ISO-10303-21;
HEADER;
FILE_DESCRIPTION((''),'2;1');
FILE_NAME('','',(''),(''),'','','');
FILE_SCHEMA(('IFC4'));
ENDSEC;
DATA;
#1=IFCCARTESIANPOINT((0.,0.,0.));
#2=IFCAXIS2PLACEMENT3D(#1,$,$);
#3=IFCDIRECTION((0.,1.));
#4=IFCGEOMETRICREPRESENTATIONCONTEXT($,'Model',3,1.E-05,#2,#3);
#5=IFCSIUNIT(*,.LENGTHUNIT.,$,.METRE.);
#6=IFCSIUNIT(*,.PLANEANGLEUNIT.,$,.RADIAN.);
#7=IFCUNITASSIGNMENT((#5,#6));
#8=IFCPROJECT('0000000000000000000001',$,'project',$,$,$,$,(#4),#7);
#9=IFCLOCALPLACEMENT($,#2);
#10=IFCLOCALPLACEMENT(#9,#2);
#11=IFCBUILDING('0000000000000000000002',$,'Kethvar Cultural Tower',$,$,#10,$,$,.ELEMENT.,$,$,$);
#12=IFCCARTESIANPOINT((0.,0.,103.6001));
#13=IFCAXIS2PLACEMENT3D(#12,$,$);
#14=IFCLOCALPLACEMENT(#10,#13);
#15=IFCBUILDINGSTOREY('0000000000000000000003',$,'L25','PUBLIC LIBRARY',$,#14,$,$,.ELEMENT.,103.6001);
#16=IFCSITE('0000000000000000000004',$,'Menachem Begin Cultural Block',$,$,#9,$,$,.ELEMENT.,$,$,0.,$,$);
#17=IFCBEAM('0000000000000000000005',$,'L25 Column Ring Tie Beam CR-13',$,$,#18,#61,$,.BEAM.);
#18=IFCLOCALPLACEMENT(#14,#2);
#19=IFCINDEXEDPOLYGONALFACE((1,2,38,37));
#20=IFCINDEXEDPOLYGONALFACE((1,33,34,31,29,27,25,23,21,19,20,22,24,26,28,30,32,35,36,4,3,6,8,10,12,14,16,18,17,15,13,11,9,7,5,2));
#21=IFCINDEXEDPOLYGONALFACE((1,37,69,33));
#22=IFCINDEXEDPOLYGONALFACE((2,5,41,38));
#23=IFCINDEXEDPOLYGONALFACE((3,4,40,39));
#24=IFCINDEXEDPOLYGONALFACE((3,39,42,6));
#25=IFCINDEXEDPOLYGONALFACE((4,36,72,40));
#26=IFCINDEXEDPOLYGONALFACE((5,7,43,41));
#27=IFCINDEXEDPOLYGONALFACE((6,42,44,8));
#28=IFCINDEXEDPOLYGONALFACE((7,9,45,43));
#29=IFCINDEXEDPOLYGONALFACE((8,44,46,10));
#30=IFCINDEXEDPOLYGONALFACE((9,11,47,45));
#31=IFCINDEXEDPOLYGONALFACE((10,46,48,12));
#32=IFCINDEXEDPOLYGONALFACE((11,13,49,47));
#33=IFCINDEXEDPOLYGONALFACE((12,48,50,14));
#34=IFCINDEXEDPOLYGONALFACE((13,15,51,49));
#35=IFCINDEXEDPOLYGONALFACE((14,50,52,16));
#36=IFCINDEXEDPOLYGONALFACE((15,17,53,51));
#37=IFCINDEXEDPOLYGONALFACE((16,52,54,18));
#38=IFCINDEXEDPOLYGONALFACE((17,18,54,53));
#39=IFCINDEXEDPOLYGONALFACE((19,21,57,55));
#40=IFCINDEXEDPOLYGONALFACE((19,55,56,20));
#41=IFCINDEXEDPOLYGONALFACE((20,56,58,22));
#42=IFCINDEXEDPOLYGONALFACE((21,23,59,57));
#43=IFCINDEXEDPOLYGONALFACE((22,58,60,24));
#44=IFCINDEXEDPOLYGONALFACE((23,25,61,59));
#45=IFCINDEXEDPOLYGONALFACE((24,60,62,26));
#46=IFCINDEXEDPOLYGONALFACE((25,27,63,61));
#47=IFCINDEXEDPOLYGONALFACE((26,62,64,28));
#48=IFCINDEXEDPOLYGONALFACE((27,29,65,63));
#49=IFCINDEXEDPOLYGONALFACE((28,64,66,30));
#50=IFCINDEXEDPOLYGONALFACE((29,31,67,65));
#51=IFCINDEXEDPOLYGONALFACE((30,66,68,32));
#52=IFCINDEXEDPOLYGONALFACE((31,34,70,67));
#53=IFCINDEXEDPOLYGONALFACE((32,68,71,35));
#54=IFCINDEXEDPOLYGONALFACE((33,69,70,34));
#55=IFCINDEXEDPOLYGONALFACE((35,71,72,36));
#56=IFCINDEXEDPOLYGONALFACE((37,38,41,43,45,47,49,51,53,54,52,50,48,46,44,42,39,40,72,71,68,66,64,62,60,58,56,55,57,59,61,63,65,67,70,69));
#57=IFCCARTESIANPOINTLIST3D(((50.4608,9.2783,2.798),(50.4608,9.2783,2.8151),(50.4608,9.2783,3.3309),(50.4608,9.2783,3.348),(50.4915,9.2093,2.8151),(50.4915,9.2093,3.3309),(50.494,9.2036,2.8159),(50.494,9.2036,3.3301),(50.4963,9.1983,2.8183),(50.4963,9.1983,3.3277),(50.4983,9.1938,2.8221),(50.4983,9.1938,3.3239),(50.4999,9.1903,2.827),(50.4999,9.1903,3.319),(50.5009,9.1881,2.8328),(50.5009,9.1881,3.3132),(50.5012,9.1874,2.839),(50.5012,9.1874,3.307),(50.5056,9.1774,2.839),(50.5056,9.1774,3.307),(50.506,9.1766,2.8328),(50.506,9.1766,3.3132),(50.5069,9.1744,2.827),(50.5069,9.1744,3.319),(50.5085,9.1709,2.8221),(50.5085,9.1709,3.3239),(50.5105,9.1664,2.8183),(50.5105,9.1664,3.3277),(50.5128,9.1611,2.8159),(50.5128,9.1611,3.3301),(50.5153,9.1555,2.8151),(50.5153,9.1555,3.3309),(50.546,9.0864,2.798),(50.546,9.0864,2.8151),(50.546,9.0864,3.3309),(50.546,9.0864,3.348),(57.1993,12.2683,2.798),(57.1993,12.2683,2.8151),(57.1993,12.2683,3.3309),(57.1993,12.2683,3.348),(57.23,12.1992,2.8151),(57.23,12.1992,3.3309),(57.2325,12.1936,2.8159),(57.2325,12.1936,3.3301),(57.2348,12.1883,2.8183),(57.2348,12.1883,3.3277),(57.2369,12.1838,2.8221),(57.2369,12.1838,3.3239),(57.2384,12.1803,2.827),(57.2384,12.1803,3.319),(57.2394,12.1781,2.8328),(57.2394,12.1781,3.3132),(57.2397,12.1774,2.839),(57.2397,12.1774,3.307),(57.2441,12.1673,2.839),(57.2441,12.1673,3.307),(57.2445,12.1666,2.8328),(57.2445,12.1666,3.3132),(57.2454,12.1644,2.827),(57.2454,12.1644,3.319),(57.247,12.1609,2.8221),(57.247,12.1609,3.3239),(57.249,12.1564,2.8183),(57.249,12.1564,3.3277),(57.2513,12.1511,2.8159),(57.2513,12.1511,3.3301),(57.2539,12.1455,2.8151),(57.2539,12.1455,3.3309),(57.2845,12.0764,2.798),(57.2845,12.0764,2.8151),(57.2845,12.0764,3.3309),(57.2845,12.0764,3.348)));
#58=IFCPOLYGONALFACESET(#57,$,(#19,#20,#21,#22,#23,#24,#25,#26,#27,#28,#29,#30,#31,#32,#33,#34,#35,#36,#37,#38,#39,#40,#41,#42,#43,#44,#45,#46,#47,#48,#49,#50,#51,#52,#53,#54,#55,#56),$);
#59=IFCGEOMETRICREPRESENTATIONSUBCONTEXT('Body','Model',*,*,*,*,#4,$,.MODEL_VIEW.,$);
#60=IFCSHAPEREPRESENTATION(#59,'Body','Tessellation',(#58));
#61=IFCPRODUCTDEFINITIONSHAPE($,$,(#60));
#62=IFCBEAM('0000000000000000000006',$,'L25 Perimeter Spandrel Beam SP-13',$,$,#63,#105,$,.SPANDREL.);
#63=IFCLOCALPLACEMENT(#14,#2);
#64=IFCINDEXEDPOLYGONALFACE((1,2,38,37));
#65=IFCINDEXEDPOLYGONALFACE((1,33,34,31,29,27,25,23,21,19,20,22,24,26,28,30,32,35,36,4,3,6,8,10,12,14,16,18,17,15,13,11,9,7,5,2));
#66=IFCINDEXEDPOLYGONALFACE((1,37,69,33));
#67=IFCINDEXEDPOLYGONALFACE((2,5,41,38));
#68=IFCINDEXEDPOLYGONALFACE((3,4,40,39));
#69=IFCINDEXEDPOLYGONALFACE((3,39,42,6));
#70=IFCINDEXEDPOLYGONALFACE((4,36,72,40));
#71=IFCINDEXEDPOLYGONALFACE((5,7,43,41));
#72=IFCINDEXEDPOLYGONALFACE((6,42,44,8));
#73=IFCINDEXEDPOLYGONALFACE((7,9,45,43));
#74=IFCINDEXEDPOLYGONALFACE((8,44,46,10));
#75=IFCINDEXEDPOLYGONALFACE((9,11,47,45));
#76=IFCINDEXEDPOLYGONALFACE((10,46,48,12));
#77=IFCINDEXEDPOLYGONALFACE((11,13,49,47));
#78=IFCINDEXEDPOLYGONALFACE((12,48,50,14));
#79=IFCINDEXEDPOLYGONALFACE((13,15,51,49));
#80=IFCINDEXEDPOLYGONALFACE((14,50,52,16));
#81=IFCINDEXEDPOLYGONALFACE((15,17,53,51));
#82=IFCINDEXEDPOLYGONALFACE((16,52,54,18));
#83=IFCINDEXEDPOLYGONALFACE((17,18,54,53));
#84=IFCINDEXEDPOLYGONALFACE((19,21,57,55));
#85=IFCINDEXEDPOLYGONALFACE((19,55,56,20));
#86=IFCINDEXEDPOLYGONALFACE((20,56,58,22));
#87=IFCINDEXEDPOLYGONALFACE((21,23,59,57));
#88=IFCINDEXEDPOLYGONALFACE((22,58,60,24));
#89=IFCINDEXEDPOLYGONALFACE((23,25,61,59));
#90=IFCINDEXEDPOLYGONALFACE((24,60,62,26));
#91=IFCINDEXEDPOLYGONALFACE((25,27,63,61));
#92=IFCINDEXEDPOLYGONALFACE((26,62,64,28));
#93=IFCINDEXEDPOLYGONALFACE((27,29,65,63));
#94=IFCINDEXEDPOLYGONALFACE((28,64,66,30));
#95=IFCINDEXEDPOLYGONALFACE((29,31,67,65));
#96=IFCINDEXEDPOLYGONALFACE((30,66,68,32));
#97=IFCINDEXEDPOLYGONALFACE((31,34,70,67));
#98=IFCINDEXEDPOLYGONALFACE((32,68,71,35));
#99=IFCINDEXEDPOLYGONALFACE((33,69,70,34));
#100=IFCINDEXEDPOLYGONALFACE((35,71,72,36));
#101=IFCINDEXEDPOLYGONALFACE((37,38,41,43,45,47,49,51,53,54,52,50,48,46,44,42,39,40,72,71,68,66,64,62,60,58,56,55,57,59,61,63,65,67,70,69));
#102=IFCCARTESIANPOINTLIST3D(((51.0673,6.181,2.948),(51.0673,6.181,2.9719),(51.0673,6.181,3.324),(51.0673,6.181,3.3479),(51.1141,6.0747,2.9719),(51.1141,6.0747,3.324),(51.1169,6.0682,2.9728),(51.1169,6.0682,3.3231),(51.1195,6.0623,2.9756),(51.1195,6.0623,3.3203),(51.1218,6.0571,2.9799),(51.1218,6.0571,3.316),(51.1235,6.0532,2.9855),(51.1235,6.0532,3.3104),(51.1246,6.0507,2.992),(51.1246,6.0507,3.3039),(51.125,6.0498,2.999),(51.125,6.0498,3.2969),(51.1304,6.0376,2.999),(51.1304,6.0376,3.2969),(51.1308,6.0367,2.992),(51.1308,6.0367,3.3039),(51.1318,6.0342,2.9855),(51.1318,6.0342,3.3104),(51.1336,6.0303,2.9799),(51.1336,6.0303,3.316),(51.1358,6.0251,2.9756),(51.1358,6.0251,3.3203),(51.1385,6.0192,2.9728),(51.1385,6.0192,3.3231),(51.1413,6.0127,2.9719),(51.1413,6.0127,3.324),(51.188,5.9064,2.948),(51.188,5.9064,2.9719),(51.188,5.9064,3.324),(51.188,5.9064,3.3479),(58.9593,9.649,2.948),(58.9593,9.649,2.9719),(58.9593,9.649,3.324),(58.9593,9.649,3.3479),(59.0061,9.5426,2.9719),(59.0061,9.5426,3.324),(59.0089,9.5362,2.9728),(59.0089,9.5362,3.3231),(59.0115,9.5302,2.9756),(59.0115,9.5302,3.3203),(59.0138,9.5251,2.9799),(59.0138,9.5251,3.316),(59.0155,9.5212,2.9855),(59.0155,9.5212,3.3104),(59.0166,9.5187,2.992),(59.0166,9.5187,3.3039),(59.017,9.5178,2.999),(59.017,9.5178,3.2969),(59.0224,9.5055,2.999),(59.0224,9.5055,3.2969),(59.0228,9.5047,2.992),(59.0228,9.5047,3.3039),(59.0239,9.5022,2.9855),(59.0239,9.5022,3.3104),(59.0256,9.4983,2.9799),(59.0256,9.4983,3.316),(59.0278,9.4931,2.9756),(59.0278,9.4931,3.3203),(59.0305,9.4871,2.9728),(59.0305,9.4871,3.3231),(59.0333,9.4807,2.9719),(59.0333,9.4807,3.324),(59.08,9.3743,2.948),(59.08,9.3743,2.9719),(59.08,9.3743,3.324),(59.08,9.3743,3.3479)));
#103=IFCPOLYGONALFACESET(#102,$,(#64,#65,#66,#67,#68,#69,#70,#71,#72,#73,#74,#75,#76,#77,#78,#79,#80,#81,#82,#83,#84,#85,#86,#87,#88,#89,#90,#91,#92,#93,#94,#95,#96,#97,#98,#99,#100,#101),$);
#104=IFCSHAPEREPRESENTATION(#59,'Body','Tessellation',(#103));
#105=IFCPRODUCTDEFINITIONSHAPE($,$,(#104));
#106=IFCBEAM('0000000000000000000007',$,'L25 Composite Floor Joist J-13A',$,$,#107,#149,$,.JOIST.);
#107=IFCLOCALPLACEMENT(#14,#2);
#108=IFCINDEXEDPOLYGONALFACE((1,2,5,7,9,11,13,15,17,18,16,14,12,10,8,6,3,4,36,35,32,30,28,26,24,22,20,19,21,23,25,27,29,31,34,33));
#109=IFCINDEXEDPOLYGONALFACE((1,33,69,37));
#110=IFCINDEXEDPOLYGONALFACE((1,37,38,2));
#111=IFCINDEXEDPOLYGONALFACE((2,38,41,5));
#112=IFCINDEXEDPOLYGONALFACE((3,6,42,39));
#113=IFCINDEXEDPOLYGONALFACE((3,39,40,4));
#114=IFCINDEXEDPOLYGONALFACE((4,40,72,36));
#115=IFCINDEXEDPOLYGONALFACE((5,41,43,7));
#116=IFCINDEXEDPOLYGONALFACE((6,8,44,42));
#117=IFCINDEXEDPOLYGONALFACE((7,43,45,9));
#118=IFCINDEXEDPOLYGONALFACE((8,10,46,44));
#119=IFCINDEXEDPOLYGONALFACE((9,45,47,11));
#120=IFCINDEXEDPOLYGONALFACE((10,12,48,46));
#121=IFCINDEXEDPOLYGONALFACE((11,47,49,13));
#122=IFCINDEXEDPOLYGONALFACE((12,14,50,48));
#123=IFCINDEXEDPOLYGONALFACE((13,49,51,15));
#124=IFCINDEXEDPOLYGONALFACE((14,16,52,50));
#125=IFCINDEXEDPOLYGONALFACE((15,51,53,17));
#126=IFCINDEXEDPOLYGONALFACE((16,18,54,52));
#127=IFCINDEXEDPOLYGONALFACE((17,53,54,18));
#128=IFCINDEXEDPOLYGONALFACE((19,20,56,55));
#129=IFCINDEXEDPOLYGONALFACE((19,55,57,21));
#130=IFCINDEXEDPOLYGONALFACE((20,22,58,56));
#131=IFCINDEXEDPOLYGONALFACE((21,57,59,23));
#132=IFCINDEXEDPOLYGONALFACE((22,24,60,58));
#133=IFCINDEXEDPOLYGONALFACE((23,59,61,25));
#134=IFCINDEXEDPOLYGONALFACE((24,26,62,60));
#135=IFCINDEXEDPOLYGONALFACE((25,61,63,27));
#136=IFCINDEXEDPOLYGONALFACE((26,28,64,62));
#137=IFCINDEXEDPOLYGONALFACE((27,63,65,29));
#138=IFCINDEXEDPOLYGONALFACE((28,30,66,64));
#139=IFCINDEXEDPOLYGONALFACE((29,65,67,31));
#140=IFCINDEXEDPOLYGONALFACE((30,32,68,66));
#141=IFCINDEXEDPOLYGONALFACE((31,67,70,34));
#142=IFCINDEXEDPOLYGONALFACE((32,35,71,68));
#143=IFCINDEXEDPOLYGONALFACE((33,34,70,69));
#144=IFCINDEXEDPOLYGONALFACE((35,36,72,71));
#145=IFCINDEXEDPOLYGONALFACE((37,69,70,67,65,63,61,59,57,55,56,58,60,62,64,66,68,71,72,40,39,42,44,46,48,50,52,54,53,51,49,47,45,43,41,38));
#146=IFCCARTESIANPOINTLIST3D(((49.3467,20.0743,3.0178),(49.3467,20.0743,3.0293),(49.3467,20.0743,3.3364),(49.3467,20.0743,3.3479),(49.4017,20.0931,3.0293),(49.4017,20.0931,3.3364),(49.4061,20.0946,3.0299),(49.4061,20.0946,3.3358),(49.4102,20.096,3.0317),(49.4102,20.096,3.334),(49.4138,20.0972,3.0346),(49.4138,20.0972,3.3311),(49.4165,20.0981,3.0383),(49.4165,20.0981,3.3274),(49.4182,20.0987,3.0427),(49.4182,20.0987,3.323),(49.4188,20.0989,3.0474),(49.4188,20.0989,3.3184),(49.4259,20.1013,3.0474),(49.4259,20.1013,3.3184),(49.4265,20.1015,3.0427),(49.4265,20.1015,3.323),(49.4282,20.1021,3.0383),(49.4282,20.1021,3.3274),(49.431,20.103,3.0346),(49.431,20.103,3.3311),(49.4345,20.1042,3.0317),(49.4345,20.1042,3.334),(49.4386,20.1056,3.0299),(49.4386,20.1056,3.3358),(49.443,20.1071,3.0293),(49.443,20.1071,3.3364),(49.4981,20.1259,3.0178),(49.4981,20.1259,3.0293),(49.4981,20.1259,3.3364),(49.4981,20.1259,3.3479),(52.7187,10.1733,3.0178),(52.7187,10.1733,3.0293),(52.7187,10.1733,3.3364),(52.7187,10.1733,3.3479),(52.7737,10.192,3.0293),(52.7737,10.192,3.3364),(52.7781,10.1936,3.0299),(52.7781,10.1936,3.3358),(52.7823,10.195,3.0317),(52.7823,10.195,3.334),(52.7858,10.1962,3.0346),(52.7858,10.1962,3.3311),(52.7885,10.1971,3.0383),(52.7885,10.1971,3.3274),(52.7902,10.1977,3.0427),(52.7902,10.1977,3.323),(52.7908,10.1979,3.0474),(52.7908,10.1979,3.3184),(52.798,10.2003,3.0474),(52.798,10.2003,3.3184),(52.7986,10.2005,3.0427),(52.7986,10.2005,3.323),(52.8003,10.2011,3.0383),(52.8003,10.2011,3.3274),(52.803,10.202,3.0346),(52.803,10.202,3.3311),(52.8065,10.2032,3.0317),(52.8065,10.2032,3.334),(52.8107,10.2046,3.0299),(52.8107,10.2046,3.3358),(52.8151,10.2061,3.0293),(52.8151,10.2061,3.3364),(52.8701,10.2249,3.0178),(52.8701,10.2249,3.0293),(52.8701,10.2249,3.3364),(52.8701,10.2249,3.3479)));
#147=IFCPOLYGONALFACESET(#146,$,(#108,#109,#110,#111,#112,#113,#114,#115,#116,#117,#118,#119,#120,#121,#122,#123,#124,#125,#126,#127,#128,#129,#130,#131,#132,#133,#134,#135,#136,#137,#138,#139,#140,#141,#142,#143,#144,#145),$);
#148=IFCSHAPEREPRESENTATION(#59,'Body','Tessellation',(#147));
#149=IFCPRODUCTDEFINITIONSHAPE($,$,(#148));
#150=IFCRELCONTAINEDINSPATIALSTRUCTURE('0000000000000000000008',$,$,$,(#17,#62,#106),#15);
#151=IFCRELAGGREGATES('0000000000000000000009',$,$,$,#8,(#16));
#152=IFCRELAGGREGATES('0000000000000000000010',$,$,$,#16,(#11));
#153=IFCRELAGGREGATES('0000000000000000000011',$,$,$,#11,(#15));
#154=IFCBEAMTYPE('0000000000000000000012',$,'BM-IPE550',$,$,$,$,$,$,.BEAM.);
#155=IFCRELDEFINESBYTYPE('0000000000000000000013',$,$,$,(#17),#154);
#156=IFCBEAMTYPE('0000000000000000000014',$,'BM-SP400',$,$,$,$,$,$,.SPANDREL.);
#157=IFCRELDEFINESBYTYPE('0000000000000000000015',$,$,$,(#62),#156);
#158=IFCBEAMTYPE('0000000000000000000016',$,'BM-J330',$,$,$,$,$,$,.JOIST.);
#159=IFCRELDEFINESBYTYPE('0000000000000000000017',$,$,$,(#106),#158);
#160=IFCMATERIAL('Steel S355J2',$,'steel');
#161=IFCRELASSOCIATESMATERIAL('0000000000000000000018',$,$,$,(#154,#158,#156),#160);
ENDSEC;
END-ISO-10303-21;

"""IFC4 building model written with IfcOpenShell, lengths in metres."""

from ifc_helpers import new_model, si_unit, direction, frame, origin, origin_2d, place, context, subcontext, project, spatial, i_section, extrude, source, transform, mapped, material, material_profile, profile_set, type_object, element, save


model = new_model("IFC4")

# Units and contexts
model_context = context("Model", 3, precision=1e-05, world=origin(), true_north=direction((0.0, 1.0)))
body_context = subcontext(model_context, "Body", "Model", "MODEL_VIEW")
ifc_project = project(units=[si_unit("LENGTHUNIT", "METRE"), si_unit("PLANEANGLEUNIT", "RADIAN")], contexts=[model_context])

# Site, building, storey
site_placement = place(None, origin())
site = spatial("IfcSite", under=ifc_project, at=site_placement, Name="Menachem Begin Cultural Block", CompositionType="ELEMENT", RefElevation=0.0)
building_placement = place(site_placement, origin())
building = spatial("IfcBuilding", under=site, at=building_placement, Name="Kethvar Cultural Tower", CompositionType="ELEMENT")
storey_placement = place(building_placement, frame((0.0, 0.0, 103.6001)))
storey = spatial("IfcBuildingStorey", under=building, at=storey_placement, Name="L25", Description="PUBLIC LIBRARY", CompositionType="ELEMENT", Elevation=103.6001)

# Beams
ifc_material_1 = material(Name="Steel S355J2", Category="steel")
ifc_material_profile_1 = material_profile(ifc_material_1, i_section(OverallWidth=0.21, OverallDepth=0.55, WebThickness=0.011, FlangeThickness=0.0171, FilletRadius=0.0239, at=origin_2d()), Name="Steel S355J2 — IPE550")
ifc_profile_set_1 = profile_set([ifc_material_profile_1], Name="Steel S355J2 — IPE550")
beam_type_1 = type_object("IfcBeamType", Name="BM-IPE550", PredefinedType="BEAM", material=ifc_profile_set_1)
ifc_material_profile_2 = material_profile(ifc_material_1, i_section(OverallWidth=0.1599, OverallDepth=0.3301, WebThickness=0.0076, FlangeThickness=0.0115, FilletRadius=0.0181, at=origin_2d()), Name="Steel S355J2 — IPE330")
ifc_profile_set_2 = profile_set([ifc_material_profile_2], Name="Steel S355J2 — IPE330")
beam_type_2 = type_object("IfcBeamType", Name="BM-J330", PredefinedType="JOIST", material=ifc_profile_set_2)
shared_shape_1 = source(origin(), body_context, "Body", "SweptSolid", [
    extrude(i_section(OverallWidth=0.21, OverallDepth=0.55, WebThickness=0.011, FlangeThickness=0.0171, FilletRadius=0.0239, at=origin_2d()), origin(), (0.0, 0.0, 1.0), 7.3721),
])
beam_1_placement = place(storey_placement, frame((50.5034, 9.1824, 3.073), z_axis=(0.914059, 0.405582, 0.0), x_axis=(-0.405582, 0.914059, 0.0)))
element("IfcBeam", 1, at=beam_1_placement, inside=storey, type_object=beam_type_1, Name="L25 Column Ring Tie Beam CR-13", PredefinedType="BEAM", context=body_context, shape_type="MappedRepresentation", body=[
    mapped(shared_shape_1, transform((0.0, 0.0, 0.0), scale=1.0)),
])
ifc_material_profile_3 = material_profile(ifc_material_1, i_section(OverallWidth=0.3, OverallDepth=0.3999, WebThickness=0.0134, FlangeThickness=0.0239, FilletRadius=0.0271, at=origin_2d()), Name="Steel S355J2 — HEB400")
ifc_profile_set_3 = profile_set([ifc_material_profile_3], Name="Steel S355J2 — HEB400")
beam_type_3 = type_object("IfcBeamType", Name="BM-SP400", PredefinedType="SPANDREL", material=ifc_profile_set_3)
shared_shape_2 = source(origin(), body_context, "Body", "SweptSolid", [
    extrude(i_section(OverallWidth=0.3, OverallDepth=0.3999, WebThickness=0.0134, FlangeThickness=0.0239, FilletRadius=0.0271, at=origin_2d()), origin(), (0.0, 0.0, 1.0), 8.6204),
])
beam_2_placement = place(storey_placement, frame((51.1277, 6.0437, 3.1479), z_axis=(0.915507, 0.402301, 0.0), x_axis=(-0.402301, 0.915507, 0.0)))
element("IfcBeam", 2, at=beam_2_placement, inside=storey, type_object=beam_type_3, Name="L25 Perimeter Spandrel Beam SP-13", PredefinedType="SPANDREL", context=body_context, shape_type="MappedRepresentation", body=[
    mapped(shared_shape_2, transform((0.0, 0.0, 0.0), scale=1.0)),
])
shared_shape_3 = source(origin(), body_context, "Body", "SweptSolid", [
    extrude(i_section(OverallWidth=0.1599, OverallDepth=0.3301, WebThickness=0.0076, FlangeThickness=0.0115, FilletRadius=0.0181, at=origin_2d()), origin(), (0.0, 0.0, 1.0), 10.4595),
])
beam_3_placement = place(storey_placement, frame((49.4224, 20.1001, 3.1829), z_axis=(0.32239, -0.946607, 0.0), x_axis=(0.946607, 0.32239, 0.0)))
element("IfcBeam", 3, at=beam_3_placement, inside=storey, type_object=beam_type_2, Name="L25 Composite Floor Joist J-13A", PredefinedType="JOIST", context=body_context, shape_type="MappedRepresentation", body=[
    mapped(shared_shape_3, transform((0.0, 0.0, 0.0), scale=1.0)),
])

save(model, "model.ifc")
